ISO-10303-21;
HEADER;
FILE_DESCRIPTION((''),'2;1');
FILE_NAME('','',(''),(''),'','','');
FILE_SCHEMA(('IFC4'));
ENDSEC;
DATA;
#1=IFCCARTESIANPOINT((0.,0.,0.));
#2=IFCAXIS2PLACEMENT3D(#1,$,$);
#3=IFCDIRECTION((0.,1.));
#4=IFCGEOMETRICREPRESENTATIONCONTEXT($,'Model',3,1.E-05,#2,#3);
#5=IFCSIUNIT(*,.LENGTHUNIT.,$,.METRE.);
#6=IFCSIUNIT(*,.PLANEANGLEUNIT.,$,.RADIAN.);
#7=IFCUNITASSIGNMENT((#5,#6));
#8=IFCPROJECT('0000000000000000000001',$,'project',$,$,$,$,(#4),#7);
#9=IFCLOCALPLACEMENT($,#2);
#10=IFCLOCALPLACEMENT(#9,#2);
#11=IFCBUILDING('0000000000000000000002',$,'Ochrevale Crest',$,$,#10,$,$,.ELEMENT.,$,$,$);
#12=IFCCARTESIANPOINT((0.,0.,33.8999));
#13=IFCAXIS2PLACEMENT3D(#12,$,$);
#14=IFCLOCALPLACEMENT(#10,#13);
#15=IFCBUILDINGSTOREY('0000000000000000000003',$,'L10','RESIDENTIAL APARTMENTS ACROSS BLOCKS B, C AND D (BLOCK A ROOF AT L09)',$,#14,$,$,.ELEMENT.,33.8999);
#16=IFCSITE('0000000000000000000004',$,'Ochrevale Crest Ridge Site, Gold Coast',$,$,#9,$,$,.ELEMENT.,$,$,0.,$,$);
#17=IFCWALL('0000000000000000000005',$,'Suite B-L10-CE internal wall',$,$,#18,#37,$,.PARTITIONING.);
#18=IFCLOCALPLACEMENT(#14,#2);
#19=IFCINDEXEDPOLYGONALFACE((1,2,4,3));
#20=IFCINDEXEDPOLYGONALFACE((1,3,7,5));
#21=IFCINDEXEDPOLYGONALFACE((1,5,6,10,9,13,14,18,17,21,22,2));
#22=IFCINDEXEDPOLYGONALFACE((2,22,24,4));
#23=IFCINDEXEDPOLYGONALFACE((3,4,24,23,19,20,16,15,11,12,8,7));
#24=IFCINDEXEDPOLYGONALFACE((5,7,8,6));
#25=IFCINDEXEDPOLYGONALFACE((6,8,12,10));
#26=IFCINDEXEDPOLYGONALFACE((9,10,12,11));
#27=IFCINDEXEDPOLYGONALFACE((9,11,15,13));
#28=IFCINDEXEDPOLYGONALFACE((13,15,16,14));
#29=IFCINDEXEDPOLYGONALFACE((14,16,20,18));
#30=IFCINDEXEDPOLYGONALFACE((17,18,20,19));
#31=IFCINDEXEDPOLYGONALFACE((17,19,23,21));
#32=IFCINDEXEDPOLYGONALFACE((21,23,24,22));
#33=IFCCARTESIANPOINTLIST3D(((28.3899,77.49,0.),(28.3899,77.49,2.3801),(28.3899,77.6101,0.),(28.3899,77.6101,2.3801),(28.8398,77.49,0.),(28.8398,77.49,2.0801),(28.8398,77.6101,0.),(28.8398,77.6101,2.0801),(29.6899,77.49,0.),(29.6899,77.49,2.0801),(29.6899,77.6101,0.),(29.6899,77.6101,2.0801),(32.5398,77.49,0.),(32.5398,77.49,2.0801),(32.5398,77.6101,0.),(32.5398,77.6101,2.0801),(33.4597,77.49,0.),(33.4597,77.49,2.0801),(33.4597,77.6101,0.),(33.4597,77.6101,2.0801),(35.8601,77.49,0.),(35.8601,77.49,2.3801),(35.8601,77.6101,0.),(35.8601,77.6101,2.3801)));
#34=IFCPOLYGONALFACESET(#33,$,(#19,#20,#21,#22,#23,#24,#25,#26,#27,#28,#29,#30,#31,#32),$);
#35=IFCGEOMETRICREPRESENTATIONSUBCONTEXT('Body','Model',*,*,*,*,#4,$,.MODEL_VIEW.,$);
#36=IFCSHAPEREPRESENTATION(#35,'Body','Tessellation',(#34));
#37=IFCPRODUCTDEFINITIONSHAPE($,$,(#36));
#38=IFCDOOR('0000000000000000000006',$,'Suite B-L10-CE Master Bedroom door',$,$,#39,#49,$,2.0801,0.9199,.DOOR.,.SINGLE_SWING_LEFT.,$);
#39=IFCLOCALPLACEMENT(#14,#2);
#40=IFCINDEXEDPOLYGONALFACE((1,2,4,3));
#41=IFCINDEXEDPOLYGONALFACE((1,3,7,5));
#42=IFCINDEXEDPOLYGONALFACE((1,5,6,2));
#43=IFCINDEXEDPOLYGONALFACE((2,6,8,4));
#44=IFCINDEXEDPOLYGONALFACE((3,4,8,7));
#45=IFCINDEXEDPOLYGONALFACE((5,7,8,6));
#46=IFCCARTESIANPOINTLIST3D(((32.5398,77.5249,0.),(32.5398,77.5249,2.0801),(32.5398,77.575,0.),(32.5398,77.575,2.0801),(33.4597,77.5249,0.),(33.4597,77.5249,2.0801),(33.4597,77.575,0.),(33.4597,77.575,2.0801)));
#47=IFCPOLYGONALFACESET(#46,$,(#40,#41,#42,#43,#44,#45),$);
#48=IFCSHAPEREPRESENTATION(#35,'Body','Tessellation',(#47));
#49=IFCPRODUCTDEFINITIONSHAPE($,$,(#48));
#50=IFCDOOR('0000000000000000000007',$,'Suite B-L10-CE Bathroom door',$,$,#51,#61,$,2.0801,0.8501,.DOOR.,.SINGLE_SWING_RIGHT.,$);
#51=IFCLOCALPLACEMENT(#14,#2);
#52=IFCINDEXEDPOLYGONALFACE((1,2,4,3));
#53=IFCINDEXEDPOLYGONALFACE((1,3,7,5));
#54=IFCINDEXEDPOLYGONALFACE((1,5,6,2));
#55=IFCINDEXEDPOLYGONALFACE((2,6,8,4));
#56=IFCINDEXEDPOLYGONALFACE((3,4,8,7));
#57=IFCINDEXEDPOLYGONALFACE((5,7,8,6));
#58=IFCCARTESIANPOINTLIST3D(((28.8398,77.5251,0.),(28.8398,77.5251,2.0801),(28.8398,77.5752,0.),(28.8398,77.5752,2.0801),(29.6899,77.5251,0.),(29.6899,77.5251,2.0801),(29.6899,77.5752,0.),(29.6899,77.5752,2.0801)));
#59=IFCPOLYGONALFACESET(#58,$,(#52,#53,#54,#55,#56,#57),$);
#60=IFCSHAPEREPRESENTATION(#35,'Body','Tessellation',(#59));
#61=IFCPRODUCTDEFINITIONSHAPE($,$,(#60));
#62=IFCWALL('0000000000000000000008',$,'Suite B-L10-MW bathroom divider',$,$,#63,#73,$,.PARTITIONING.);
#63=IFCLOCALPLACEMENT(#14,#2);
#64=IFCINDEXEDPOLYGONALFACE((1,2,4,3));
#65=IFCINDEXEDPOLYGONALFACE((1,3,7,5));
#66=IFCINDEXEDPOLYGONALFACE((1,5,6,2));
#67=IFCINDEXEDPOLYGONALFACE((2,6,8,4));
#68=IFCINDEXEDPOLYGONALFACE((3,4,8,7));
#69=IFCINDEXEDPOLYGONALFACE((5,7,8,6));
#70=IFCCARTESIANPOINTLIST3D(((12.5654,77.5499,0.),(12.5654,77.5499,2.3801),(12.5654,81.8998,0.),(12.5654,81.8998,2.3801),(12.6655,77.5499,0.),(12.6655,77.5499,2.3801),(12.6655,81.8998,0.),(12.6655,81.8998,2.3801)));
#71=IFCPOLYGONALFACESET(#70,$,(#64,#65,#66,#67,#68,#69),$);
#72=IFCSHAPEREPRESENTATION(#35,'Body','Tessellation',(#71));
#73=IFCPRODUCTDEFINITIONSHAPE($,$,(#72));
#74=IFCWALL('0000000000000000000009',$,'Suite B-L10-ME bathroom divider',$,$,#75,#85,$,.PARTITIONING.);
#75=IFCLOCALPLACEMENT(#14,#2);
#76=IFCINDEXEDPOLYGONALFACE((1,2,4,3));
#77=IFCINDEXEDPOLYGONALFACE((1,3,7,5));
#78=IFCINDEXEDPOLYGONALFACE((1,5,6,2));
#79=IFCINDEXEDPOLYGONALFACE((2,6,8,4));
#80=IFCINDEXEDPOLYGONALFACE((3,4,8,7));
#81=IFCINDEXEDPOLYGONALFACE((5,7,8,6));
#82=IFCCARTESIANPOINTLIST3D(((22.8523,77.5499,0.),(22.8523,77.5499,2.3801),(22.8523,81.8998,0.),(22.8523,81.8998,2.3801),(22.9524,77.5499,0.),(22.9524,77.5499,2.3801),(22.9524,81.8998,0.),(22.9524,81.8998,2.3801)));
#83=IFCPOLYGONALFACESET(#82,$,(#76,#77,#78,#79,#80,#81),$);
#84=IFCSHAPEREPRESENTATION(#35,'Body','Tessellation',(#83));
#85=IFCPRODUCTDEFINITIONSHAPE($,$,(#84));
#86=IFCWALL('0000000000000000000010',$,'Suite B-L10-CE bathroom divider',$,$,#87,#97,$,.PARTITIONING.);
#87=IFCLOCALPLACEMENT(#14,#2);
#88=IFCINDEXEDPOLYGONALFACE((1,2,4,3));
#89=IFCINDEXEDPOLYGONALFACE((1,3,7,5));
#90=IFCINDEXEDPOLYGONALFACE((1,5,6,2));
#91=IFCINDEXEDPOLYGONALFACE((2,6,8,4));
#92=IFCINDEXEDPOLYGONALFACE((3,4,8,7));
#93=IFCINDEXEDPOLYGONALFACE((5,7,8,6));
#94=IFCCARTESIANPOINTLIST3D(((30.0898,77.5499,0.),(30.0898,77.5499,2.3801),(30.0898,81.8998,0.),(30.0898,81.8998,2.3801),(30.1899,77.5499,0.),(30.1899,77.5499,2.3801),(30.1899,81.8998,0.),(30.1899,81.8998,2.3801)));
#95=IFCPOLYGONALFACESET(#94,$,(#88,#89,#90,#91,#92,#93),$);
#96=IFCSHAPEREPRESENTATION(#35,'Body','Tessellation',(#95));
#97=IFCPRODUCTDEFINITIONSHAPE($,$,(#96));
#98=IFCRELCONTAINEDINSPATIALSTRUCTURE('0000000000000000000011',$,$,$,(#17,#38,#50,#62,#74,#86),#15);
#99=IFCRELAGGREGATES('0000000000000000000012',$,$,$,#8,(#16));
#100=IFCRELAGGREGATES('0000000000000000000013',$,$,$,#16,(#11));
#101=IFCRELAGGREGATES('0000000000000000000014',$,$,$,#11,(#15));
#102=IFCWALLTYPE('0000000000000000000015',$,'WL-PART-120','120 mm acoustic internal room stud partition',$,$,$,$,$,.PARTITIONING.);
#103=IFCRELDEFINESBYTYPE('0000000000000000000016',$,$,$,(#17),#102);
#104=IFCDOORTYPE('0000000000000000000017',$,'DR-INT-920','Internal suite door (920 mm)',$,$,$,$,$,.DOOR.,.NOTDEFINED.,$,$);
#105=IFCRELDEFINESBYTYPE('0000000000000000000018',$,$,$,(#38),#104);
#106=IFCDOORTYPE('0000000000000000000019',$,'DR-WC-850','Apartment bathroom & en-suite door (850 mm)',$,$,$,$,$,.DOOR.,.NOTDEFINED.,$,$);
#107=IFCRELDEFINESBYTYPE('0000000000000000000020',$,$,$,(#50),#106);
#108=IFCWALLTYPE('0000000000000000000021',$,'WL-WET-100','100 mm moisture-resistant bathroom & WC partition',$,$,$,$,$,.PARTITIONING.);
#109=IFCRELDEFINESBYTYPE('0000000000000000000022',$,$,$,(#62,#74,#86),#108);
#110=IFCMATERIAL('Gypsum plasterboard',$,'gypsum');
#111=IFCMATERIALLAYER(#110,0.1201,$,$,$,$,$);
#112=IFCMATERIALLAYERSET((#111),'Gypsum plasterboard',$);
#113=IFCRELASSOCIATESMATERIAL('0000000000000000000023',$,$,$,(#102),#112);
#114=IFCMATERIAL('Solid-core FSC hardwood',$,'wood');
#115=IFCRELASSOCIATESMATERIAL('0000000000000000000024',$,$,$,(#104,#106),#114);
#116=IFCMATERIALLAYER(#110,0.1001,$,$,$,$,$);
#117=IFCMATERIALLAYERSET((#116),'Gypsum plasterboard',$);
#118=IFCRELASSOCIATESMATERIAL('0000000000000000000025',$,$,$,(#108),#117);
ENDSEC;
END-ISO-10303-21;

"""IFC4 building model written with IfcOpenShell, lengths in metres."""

from ifc_helpers import new_model, si_unit, direction, frame, frame_2d, origin, place, context, subcontext, project, spatial, rectangle, extrude, material, layer, layer_set, type_object, element, fill, save


model = new_model("IFC4")

# Units and contexts
model_context = context("Model", 3, precision=1e-05, world=origin(), true_north=direction((0.0, 1.0)))
body_context = subcontext(model_context, "Body", "Model", "MODEL_VIEW")
ifc_project = project(units=[si_unit("LENGTHUNIT", "METRE"), si_unit("PLANEANGLEUNIT", "RADIAN")], contexts=[model_context])

# Site, building, storey
site_placement = place(None, origin())
site = spatial("IfcSite", under=ifc_project, at=site_placement, Name="Ochrevale Crest Ridge Site, Gold Coast", CompositionType="ELEMENT", RefElevation=0.0)
building_placement = place(site_placement, origin())
building = spatial("IfcBuilding", under=site, at=building_placement, Name="Ochrevale Crest", CompositionType="ELEMENT")
storey_placement = place(building_placement, frame((0.0, 0.0, 33.8999)))
storey = spatial("IfcBuildingStorey", under=building, at=storey_placement, Name="L10", Description="RESIDENTIAL APARTMENTS ACROSS BLOCKS B, C AND D (BLOCK A ROOF AT L09)", CompositionType="ELEMENT", Elevation=33.8999)

# Wall, openings, doors
ifc_material_1 = material(Name="Gypsum plasterboard", Category="gypsum")
ifc_layer_1 = layer(ifc_material_1, 0.1201)
ifc_layer_set_1 = layer_set([ifc_layer_1], Name="Gypsum plasterboard")
wall_type_1 = type_object("IfcWallType", Name="WL-PART-120", Description="120 mm acoustic internal room stud partition", PredefinedType="PARTITIONING", material=ifc_layer_set_1)
ifc_material_2 = material(Name="Solid-core FSC hardwood", Category="wood")
door_type_1 = type_object("IfcDoorType", Name="DR-INT-920", Description="Internal suite door (920 mm)", OperationType="NOTDEFINED", PredefinedType="DOOR", material=ifc_material_2)
door_type_2 = type_object("IfcDoorType", Name="DR-WC-850", Description="Apartment bathroom & en-suite door (850 mm)", OperationType="NOTDEFINED", PredefinedType="DOOR", material=ifc_material_2)
wall_1_placement = place(storey_placement, frame((28.3899, 77.55, 0.0), z_axis=(0.0, 0.0, 1.0), x_axis=(1.0, 0.0, 0.0)))
wall_1 = element("IfcWall", 1, at=wall_1_placement, inside=storey, type_object=wall_type_1, Name="Suite B-L10-CE internal wall", PredefinedType="PARTITIONING", context=body_context, shape_type="SweptSolid", body=[
    extrude(rectangle(XDim=7.4702, YDim=0.1201, at=frame_2d((3.7351, 0.0))), origin(), (0.0, 0.0, 1.0), 2.3801),
])
opening_1_placement = place(wall_1_placement, frame((1.3, 0.0, 0.0), z_axis=(0.0, 0.0, 1.0), x_axis=(-1.0, 0.0, 0.0)))
opening_1 = element("IfcOpeningElement", 2, at=opening_1_placement, cuts=wall_1, PredefinedType="OPENING", context=body_context, shape_type="SweptSolid", body=[
    extrude(rectangle(XDim=0.8501, YDim=2.0801, at=frame_2d((0.425, 1.04))), frame((0.0, 0.0701, 0.0), z_axis=(0.0, -1.0, 0.0), x_axis=(1.0, 0.0, 0.0)), (0.0, 0.0, 1.0), 0.1401),
])
opening_2_placement = place(wall_1_placement, frame((4.1499, 0.0, 0.0)))
opening_2 = element("IfcOpeningElement", 3, at=opening_2_placement, cuts=wall_1, PredefinedType="OPENING", context=body_context, shape_type="SweptSolid", body=[
    extrude(rectangle(XDim=0.9199, YDim=2.0801, at=frame_2d((0.46, 1.04))), frame((0.0, 0.0701, 0.0), z_axis=(0.0, -1.0, 0.0), x_axis=(1.0, 0.0, 0.0)), (0.0, 0.0, 1.0), 0.1401),
])
door_1_placement = place(opening_2_placement, origin())
door_1 = element("IfcDoor", 4, at=door_1_placement, inside=storey, type_object=door_type_1, Name="Suite B-L10-CE Master Bedroom door", OperationType="SINGLE_SWING_LEFT", OverallHeight=2.0801, OverallWidth=0.9199, PredefinedType="DOOR", context=body_context, shape_type="SweptSolid", body=[
    extrude(rectangle(XDim=0.9199, YDim=2.0801, at=frame_2d((0.46, 1.04))), frame((0.0, 0.0249, 0.0), z_axis=(0.0, -1.0, 0.0), x_axis=(1.0, 0.0, 0.0)), (0.0, 0.0, 1.0), 0.05),
])
fill(opening_2, door_1)
door_2_placement = place(opening_1_placement, origin())
door_2 = element("IfcDoor", 5, at=door_2_placement, inside=storey, type_object=door_type_2, Name="Suite B-L10-CE Bathroom door", OperationType="SINGLE_SWING_RIGHT", OverallHeight=2.0801, OverallWidth=0.8501, PredefinedType="DOOR", context=body_context, shape_type="SweptSolid", body=[
    extrude(rectangle(XDim=0.8501, YDim=2.0801, at=frame_2d((0.425, 1.04))), frame((0.0, 0.0249, 0.0), z_axis=(0.0, -1.0, 0.0), x_axis=(1.0, 0.0, 0.0)), (0.0, 0.0, 1.0), 0.05),
])
fill(opening_1, door_2)

# Walls
ifc_layer_2 = layer(ifc_material_1, 0.1001)
ifc_layer_set_2 = layer_set([ifc_layer_2], Name="Gypsum plasterboard")
wall_type_2 = type_object("IfcWallType", Name="WL-WET-100", Description="100 mm moisture-resistant bathroom & WC partition", PredefinedType="PARTITIONING", material=ifc_layer_set_2)
for number, where, z_axis, x_axis, name in (
    (6, (12.6155, 77.55, 0.0), (0.0, 0.0, 1.0), (0.0, 1.0, 0.0), "Suite B-L10-MW bathroom divider"),
    (7, (22.9023, 77.55, 0.0), (0.0, 0.0, 1.0), (0.0, 1.0, 0.0), "Suite B-L10-ME bathroom divider"),
    (8, (30.1399, 77.55, 0.0), (0.0, 0.0, 1.0), (0.0, 1.0, 0.0), "Suite B-L10-CE bathroom divider"),
):
    element("IfcWall", number, at=place(storey_placement, frame(where, z_axis=z_axis, x_axis=x_axis)), inside=storey, type_object=wall_type_2, Name=name, PredefinedType="PARTITIONING", context=body_context, shape_type="SweptSolid", body=[
        extrude(rectangle(XDim=4.3499, YDim=0.1001, at=frame_2d((2.1748, 0.0))), origin(), (0.0, 0.0, 1.0), 2.3801),
    ])

save(model, "model.ifc")
